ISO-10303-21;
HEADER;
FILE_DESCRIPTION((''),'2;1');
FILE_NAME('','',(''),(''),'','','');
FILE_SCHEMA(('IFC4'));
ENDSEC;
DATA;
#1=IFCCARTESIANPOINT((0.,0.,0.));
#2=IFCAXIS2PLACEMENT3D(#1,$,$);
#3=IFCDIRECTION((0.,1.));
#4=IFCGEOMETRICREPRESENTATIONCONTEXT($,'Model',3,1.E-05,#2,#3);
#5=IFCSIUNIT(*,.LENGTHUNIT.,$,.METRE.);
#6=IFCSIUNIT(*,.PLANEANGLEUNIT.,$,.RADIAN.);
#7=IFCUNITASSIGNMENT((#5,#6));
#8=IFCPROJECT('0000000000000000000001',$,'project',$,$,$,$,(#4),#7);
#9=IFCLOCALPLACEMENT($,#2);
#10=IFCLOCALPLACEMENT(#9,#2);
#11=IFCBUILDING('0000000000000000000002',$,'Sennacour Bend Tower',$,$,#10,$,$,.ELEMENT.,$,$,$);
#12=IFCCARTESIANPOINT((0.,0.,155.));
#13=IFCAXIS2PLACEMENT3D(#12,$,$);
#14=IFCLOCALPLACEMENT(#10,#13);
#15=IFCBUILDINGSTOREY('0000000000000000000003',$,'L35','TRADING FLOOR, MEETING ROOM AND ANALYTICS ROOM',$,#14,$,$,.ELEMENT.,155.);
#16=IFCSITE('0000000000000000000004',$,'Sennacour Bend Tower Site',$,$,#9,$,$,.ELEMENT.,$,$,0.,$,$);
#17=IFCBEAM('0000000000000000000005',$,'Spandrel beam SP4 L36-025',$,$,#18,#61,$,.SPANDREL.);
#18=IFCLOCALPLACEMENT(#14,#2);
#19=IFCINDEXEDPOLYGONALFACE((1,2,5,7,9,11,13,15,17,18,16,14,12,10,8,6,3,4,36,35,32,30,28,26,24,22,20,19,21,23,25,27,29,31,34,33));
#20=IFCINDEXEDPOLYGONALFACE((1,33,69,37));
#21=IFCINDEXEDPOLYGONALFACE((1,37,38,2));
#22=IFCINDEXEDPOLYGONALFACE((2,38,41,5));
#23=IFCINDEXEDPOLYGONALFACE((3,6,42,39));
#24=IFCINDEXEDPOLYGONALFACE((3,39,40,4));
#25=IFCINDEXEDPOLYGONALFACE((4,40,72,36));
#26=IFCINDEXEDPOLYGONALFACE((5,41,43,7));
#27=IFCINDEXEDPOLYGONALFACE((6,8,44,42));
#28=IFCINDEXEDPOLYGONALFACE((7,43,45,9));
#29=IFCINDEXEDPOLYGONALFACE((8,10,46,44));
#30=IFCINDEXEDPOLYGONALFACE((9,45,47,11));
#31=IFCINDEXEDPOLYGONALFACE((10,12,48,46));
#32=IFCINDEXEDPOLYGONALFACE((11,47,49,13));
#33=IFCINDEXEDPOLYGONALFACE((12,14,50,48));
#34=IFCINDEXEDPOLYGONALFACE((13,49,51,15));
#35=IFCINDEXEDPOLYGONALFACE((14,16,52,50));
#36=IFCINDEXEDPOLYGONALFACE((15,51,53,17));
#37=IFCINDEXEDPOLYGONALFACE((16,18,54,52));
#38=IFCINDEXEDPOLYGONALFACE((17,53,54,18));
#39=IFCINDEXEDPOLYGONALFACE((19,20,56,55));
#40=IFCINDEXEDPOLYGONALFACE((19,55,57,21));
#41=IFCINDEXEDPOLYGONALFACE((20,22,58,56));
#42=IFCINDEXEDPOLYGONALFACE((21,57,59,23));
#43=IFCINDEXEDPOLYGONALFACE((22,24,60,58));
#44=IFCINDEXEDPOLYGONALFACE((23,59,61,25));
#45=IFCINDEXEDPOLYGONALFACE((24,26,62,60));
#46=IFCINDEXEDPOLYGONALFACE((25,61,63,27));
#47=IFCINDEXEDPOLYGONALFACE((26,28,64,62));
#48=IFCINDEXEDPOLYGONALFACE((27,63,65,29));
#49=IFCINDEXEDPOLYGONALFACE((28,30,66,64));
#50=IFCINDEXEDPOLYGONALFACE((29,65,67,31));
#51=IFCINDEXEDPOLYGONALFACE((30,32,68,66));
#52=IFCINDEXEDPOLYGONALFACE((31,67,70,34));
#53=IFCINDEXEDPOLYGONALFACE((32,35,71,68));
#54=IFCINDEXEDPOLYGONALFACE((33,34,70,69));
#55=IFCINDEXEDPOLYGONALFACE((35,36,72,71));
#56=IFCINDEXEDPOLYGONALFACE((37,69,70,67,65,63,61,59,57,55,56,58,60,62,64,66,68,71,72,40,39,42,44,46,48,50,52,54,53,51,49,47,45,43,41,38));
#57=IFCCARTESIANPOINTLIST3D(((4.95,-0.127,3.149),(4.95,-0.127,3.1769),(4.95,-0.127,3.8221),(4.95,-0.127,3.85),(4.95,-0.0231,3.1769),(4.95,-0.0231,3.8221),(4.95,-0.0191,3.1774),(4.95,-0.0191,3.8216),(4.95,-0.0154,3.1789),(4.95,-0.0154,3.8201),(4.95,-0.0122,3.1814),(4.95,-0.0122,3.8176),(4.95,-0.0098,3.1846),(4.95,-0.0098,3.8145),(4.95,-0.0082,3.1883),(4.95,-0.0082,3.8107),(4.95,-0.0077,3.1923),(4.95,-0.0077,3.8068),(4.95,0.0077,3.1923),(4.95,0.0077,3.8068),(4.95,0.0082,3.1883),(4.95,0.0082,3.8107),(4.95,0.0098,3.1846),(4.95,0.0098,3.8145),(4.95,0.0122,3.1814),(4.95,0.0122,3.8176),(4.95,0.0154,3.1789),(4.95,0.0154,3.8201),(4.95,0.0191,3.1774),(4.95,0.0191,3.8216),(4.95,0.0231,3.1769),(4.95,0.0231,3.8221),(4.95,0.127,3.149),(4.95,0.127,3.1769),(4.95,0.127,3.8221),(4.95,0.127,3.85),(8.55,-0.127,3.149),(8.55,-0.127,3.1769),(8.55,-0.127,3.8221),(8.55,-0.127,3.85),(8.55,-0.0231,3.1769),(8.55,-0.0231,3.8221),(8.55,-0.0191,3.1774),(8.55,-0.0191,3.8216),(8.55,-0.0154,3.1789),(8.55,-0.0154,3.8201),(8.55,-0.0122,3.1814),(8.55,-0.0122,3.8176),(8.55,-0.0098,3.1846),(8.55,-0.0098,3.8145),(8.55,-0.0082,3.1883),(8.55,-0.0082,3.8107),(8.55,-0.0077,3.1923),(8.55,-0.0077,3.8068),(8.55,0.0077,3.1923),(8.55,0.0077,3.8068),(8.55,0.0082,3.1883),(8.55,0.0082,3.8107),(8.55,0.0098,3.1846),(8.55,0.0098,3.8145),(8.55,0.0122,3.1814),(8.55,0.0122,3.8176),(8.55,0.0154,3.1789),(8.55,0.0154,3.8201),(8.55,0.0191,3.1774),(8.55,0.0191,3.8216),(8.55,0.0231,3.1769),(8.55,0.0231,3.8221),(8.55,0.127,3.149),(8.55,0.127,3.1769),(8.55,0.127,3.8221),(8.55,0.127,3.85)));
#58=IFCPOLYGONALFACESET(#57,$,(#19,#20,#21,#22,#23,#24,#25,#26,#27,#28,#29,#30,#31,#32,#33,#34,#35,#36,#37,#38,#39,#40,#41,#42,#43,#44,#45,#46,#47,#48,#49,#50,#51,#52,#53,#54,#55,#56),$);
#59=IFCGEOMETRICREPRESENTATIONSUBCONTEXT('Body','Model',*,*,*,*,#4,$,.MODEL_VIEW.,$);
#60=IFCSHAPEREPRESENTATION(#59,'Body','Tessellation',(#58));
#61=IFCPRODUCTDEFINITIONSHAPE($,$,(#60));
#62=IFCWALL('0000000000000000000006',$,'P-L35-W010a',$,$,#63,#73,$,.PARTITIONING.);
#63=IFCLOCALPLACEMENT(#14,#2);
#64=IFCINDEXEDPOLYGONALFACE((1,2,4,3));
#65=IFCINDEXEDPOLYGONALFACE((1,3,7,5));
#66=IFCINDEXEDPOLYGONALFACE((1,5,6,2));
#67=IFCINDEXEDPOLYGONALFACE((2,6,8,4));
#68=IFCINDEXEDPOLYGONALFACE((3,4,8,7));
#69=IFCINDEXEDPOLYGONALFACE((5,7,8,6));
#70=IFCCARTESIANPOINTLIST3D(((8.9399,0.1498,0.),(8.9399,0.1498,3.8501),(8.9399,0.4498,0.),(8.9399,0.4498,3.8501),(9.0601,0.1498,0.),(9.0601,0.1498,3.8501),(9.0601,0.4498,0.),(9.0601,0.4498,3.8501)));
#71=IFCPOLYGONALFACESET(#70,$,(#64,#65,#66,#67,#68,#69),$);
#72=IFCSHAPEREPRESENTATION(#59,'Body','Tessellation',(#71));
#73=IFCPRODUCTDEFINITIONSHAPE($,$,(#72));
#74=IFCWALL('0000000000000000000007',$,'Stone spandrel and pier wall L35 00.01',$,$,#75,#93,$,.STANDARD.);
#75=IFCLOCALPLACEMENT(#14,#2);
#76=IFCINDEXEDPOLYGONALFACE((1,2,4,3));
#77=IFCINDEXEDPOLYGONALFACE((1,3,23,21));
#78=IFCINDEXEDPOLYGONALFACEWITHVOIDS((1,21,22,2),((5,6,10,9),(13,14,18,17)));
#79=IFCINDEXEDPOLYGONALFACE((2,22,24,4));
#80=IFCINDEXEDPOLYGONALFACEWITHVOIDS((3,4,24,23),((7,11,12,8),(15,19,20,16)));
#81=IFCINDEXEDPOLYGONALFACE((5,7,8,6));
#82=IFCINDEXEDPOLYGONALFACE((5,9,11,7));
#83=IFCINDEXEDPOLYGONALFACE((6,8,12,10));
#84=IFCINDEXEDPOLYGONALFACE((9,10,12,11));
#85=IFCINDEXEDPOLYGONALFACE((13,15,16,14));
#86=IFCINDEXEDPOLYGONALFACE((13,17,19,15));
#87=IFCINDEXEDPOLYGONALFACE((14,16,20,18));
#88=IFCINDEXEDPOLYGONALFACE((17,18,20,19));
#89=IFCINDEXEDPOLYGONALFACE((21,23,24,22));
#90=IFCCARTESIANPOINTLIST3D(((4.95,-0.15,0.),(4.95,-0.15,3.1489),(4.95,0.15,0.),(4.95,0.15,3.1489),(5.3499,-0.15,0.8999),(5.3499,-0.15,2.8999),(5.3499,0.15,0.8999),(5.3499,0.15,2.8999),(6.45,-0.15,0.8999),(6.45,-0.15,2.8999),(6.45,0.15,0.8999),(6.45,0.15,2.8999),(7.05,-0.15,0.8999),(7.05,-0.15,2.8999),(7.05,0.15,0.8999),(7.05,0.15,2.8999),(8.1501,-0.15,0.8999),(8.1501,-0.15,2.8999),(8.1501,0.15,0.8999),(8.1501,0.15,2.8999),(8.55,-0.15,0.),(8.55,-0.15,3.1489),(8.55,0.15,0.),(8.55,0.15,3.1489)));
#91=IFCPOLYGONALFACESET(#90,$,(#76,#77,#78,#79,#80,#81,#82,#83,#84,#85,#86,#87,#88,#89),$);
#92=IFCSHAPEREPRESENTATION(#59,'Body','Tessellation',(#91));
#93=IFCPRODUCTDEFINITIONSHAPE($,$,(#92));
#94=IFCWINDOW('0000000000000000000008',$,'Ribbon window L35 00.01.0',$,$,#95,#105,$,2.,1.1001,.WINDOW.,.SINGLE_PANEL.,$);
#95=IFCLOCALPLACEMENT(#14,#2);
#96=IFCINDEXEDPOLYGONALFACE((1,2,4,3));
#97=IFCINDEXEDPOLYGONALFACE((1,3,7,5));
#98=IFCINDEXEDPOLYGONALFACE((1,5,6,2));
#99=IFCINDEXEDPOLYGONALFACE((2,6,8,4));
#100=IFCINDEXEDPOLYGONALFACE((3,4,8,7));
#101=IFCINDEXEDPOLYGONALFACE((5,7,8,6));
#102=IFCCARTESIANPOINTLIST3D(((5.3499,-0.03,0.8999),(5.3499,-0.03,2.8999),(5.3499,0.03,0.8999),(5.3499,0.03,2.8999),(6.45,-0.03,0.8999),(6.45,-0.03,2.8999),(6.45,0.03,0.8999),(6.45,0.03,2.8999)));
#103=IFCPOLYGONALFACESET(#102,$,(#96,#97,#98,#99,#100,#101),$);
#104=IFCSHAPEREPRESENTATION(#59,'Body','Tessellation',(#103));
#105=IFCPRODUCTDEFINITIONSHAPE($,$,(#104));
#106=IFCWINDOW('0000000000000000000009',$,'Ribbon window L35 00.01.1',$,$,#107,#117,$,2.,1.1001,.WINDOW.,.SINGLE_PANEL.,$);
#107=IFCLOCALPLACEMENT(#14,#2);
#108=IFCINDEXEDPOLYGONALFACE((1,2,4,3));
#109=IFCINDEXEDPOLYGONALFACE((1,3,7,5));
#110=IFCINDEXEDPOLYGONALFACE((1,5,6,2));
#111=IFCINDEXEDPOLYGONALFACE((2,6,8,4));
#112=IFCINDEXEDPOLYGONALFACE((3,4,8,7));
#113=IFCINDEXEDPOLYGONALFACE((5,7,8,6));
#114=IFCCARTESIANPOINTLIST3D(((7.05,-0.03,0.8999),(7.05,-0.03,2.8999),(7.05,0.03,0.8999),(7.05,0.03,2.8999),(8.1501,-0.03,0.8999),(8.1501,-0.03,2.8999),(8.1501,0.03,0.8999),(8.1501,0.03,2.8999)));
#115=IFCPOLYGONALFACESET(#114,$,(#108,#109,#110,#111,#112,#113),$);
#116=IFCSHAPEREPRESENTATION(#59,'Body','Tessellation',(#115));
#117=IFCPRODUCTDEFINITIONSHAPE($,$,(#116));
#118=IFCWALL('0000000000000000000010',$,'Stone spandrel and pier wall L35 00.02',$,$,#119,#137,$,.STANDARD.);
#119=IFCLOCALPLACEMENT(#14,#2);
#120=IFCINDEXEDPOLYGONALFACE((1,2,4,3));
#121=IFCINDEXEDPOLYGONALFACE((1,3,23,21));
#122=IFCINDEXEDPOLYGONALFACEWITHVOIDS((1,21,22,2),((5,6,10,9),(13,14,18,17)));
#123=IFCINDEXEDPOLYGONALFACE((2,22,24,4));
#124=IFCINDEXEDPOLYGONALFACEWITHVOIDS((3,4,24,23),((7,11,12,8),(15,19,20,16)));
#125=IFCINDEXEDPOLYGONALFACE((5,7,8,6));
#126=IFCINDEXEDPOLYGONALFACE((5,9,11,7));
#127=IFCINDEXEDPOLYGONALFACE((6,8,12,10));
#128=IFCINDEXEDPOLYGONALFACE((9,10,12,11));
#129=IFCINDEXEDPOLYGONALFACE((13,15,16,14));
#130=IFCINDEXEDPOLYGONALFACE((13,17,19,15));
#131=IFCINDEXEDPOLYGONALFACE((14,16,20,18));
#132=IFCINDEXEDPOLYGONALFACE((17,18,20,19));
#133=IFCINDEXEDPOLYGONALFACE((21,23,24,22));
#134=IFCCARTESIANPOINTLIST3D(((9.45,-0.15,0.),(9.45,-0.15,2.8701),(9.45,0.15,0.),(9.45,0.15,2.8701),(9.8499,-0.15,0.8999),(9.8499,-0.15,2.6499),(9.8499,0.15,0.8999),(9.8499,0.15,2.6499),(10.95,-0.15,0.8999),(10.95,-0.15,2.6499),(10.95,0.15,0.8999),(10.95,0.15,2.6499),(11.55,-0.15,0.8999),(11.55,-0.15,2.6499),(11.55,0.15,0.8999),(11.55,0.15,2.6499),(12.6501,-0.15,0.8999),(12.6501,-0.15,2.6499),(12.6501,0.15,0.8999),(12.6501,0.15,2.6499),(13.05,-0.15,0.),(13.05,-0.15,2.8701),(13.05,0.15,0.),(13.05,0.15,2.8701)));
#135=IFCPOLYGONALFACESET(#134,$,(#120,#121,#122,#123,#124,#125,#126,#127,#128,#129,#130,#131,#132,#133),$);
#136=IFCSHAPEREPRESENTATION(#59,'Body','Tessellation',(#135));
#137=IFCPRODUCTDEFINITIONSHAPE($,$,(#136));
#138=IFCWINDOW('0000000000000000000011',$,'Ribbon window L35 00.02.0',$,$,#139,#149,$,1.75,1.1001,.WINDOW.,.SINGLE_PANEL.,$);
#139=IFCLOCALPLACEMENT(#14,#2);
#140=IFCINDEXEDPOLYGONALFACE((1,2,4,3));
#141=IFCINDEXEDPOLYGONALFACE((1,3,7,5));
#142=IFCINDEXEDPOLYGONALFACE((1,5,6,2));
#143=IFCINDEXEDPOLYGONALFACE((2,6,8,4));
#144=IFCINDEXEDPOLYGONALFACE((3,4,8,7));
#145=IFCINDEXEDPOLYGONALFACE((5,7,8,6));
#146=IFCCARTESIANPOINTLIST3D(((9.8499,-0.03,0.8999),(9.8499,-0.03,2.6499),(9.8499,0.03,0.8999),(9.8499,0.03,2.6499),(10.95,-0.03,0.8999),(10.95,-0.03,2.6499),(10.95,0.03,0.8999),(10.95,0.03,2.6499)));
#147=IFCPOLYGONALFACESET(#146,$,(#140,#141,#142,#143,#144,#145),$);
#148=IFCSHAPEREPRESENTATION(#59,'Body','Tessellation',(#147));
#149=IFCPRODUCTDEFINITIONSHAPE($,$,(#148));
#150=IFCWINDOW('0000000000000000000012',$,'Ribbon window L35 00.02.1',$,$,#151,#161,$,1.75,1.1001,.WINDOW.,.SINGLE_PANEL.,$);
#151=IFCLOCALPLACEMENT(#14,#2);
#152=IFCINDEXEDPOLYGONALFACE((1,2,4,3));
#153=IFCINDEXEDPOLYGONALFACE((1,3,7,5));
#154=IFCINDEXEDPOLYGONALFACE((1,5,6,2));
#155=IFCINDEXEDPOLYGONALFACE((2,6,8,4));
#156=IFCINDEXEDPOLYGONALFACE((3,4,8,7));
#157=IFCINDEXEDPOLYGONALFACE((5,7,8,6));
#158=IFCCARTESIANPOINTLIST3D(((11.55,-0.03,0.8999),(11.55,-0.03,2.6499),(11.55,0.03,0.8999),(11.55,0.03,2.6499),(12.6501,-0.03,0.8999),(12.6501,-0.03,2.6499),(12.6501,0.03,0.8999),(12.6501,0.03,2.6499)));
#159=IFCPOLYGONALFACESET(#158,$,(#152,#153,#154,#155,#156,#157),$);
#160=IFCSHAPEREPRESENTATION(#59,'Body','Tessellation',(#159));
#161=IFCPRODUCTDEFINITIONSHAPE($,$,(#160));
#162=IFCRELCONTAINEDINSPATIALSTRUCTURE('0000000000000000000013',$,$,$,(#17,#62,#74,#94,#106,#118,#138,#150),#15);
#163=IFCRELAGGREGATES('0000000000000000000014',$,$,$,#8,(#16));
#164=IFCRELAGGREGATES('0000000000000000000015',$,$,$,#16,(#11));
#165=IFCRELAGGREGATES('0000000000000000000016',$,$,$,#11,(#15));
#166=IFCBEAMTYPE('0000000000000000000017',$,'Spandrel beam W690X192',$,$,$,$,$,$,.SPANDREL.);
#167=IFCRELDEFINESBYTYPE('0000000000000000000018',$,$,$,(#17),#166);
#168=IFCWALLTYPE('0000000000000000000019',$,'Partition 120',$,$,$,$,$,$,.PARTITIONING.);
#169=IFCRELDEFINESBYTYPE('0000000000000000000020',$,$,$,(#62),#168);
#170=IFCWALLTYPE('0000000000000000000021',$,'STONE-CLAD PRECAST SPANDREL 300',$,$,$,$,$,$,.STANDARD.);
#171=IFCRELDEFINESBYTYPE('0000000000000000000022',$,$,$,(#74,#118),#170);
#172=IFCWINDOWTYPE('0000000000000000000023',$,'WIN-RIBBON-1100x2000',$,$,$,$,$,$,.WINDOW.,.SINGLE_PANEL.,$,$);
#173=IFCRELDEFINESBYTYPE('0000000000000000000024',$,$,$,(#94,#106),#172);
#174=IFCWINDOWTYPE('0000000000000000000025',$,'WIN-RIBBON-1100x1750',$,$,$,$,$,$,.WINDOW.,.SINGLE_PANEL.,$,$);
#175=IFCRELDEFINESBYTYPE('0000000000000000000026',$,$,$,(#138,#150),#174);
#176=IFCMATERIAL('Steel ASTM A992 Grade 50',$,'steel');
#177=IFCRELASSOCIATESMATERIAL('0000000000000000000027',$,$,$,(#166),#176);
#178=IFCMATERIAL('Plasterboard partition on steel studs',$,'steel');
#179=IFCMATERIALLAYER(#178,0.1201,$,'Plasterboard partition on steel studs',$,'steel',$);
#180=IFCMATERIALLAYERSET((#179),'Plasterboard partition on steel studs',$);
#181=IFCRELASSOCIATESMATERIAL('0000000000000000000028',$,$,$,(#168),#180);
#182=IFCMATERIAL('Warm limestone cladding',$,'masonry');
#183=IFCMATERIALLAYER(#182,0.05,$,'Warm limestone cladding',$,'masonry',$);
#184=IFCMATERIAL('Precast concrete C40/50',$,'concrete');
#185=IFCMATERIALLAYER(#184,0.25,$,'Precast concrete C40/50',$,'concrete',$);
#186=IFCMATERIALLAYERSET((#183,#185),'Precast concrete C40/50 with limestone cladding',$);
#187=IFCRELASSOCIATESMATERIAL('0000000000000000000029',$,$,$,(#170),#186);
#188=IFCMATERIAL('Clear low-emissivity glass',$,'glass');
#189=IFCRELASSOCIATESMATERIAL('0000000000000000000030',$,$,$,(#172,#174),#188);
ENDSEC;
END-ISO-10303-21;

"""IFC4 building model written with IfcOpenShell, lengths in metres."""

from ifc_helpers import new_model, si_unit, direction, frame, frame_2d, origin, origin_2d, place, context, subcontext, project, spatial, rectangle, i_section, extrude, material, layer, layer_set, material_profile, profile_set, type_object, element, fill, save


model = new_model("IFC4")

# Units and contexts
model_context = context("Model", 3, precision=1e-05, world=origin(), true_north=direction((0.0, 1.0)))
body_context = subcontext(model_context, "Body", "Model", "MODEL_VIEW")
ifc_project = project(units=[si_unit("LENGTHUNIT", "METRE"), si_unit("PLANEANGLEUNIT", "RADIAN")], contexts=[model_context])

# Site, building, storey
site_placement = place(None, origin())
site = spatial("IfcSite", under=ifc_project, at=site_placement, Name="Sennacour Bend Tower Site", CompositionType="ELEMENT", RefElevation=0.0)
building_placement = place(site_placement, origin())
building = spatial("IfcBuilding", under=site, at=building_placement, Name="Sennacour Bend Tower", CompositionType="ELEMENT")
storey_placement = place(building_placement, frame((0.0, 0.0, 155.0)))
storey = spatial("IfcBuildingStorey", under=building, at=storey_placement, Name="L35", Description="TRADING FLOOR, MEETING ROOM AND ANALYTICS ROOM", CompositionType="ELEMENT", Elevation=155.0)

# Beam
ifc_material_1 = material(Name="Steel ASTM A992 Grade 50", Category="steel")
ifc_material_profile_1 = material_profile(ifc_material_1, i_section(OverallWidth=0.2539, OverallDepth=0.7009, WebThickness=0.0154, FlangeThickness=0.0278, FilletRadius=0.0154, at=origin_2d()), Name="Steel ASTM A992 Grade 50", Category="steel")
ifc_profile_set_1 = profile_set([ifc_material_profile_1], Name="Steel ASTM A992 Grade 50")
beam_type_1 = type_object("IfcBeamType", Name="Spandrel beam W690X192", PredefinedType="SPANDREL", material=ifc_profile_set_1)
for number, where, z_axis, x_axis, name in (
    (1, (8.55, 0.0, 3.4995), (-1.0, 0.0, 0.0), (0.0, -1.0, 0.0), "Spandrel beam SP4 L36-025"),
):
    element("IfcBeam", number, at=place(storey_placement, frame(where, z_axis=z_axis, x_axis=x_axis)), inside=storey, type_object=beam_type_1, Name=name, PredefinedType="SPANDREL", context=body_context, shape_type="SweptSolid", body=[
        extrude(i_section(OverallWidth=0.2539, OverallDepth=0.7009, WebThickness=0.0154, FlangeThickness=0.0278, FilletRadius=0.0154, at=origin_2d()), origin(), (0.0, 0.0, 1.0), 3.6001),
    ])

# Wall
ifc_material_2 = material(Name="Plasterboard partition on steel studs", Category="steel")
ifc_layer_1 = layer(ifc_material_2, 0.1201, Name="Plasterboard partition on steel studs", Category="steel")
ifc_layer_set_1 = layer_set([ifc_layer_1], Name="Plasterboard partition on steel studs")
wall_type_1 = type_object("IfcWallType", Name="Partition 120", PredefinedType="PARTITIONING", material=ifc_layer_set_1)
wall_1_placement = place(storey_placement, frame((9.0, 0.1499, 0.0), z_axis=(0.0, 0.0, 1.0), x_axis=(0.0, 1.0, 0.0)))
element("IfcWall", 2, at=wall_1_placement, inside=storey, type_object=wall_type_1, Name="P-L35-W010a", PredefinedType="PARTITIONING", context=body_context, shape_type="SweptSolid", body=[
    extrude(rectangle(XDim=0.3, YDim=0.1201, at=frame_2d((0.1499, 0.0))), origin(), (0.0, 0.0, 1.0), 3.8501),
])

# Walls, openings, windows
ifc_material_3 = material(Name="Warm limestone cladding", Category="masonry")
ifc_layer_2 = layer(ifc_material_3, 0.05, Name="Warm limestone cladding", Category="masonry")
ifc_material_4 = material(Name="Precast concrete C40/50", Category="concrete")
ifc_layer_3 = layer(ifc_material_4, 0.25, Name="Precast concrete C40/50", Category="concrete")
ifc_layer_set_2 = layer_set([ifc_layer_2, ifc_layer_3], Name="Precast concrete C40/50 with limestone cladding")
wall_type_2 = type_object("IfcWallType", Name="STONE-CLAD PRECAST SPANDREL 300", PredefinedType="STANDARD", material=ifc_layer_set_2)
wall_2_placement = place(storey_placement, frame((4.95, 0.0, 0.0), z_axis=(0.0, 0.0, 1.0), x_axis=(1.0, 0.0, 0.0)))
wall_2 = element("IfcWall", 3, at=wall_2_placement, inside=storey, type_object=wall_type_2, Name="Stone spandrel and pier wall L35 00.01", PredefinedType="STANDARD", context=body_context, shape_type="SweptSolid", body=[
    extrude(rectangle(XDim=3.6001, YDim=0.3, at=frame_2d((1.8, 0.0))), origin(), (0.0, 0.0, 1.0), 3.1489),
])
opening_1_placement = place(wall_2_placement, frame((0.3999, 0.0, 0.8999)))
opening_1 = element("IfcOpeningElement", 4, at=opening_1_placement, cuts=wall_2, PredefinedType="OPENING", context=body_context, shape_type="SweptSolid", body=[
    extrude(rectangle(XDim=1.1001, YDim=2.0, at=frame_2d((0.55, 1.0))), frame((0.0, 0.1602, 0.0), z_axis=(0.0, -1.0, 0.0), x_axis=(1.0, 0.0, 0.0)), (0.0, 0.0, 1.0), 0.3201),
])
opening_2_placement = place(wall_2_placement, frame((2.1001, 0.0, 0.8999)))
opening_2 = element("IfcOpeningElement", 5, at=opening_2_placement, cuts=wall_2, PredefinedType="OPENING", context=body_context, shape_type="SweptSolid", body=[
    extrude(rectangle(XDim=1.1001, YDim=2.0, at=frame_2d((0.55, 1.0))), frame((0.0, 0.1602, 0.0), z_axis=(0.0, -1.0, 0.0), x_axis=(1.0, 0.0, 0.0)), (0.0, 0.0, 1.0), 0.3201),
])
ifc_material_5 = material(Name="Clear low-emissivity glass", Category="glass")
window_type_1 = type_object("IfcWindowType", Name="WIN-RIBBON-1100x2000", PartitioningType="SINGLE_PANEL", PredefinedType="WINDOW", material=ifc_material_5)
window_1_placement = place(opening_1_placement, origin())
window_1 = element("IfcWindow", 6, at=window_1_placement, inside=storey, type_object=window_type_1, Name="Ribbon window L35 00.01.0", OverallHeight=2.0, OverallWidth=1.1001, PartitioningType="SINGLE_PANEL", PredefinedType="WINDOW", context=body_context, shape_type="SweptSolid", body=[
    extrude(rectangle(XDim=1.1001, YDim=2.0, at=frame_2d((0.55, 1.0))), frame((0.0, 0.03, 0.0), z_axis=(0.0, -1.0, 0.0), x_axis=(1.0, 0.0, 0.0)), (0.0, 0.0, 1.0), 0.0601),
])
fill(opening_1, window_1)
window_2_placement = place(opening_2_placement, origin())
window_2 = element("IfcWindow", 7, at=window_2_placement, inside=storey, type_object=window_type_1, Name="Ribbon window L35 00.01.1", OverallHeight=2.0, OverallWidth=1.1001, PartitioningType="SINGLE_PANEL", PredefinedType="WINDOW", context=body_context, shape_type="SweptSolid", body=[
    extrude(rectangle(XDim=1.1001, YDim=2.0, at=frame_2d((0.55, 1.0))), frame((0.0, 0.03, 0.0), z_axis=(0.0, -1.0, 0.0), x_axis=(1.0, 0.0, 0.0)), (0.0, 0.0, 1.0), 0.0601),
])
fill(opening_2, window_2)
wall_3_placement = place(storey_placement, frame((9.45, 0.0, 0.0), z_axis=(0.0, 0.0, 1.0), x_axis=(1.0, 0.0, 0.0)))
wall_3 = element("IfcWall", 8, at=wall_3_placement, inside=storey, type_object=wall_type_2, Name="Stone spandrel and pier wall L35 00.02", PredefinedType="STANDARD", context=body_context, shape_type="SweptSolid", body=[
    extrude(rectangle(XDim=3.6001, YDim=0.3, at=frame_2d((1.8, 0.0))), origin(), (0.0, 0.0, 1.0), 2.8701),
])
opening_3_placement = place(wall_3_placement, frame((0.3999, 0.0, 0.8999)))
opening_3 = element("IfcOpeningElement", 9, at=opening_3_placement, cuts=wall_3, PredefinedType="OPENING", context=body_context, shape_type="SweptSolid", body=[
    extrude(rectangle(XDim=1.1001, YDim=1.75, at=frame_2d((0.55, 0.875))), frame((0.0, 0.1602, 0.0), z_axis=(0.0, -1.0, 0.0), x_axis=(1.0, 0.0, 0.0)), (0.0, 0.0, 1.0), 0.3201),
])
opening_4_placement = place(wall_3_placement, frame((2.1001, 0.0, 0.8999)))
opening_4 = element("IfcOpeningElement", 10, at=opening_4_placement, cuts=wall_3, PredefinedType="OPENING", context=body_context, shape_type="SweptSolid", body=[
    extrude(rectangle(XDim=1.1001, YDim=1.75, at=frame_2d((0.55, 0.875))), frame((0.0, 0.1602, 0.0), z_axis=(0.0, -1.0, 0.0), x_axis=(1.0, 0.0, 0.0)), (0.0, 0.0, 1.0), 0.3201),
])
window_type_2 = type_object("IfcWindowType", Name="WIN-RIBBON-1100x1750", PartitioningType="SINGLE_PANEL", PredefinedType="WINDOW", material=ifc_material_5)
window_3_placement = place(opening_3_placement, origin())
window_3 = element("IfcWindow", 11, at=window_3_placement, inside=storey, type_object=window_type_2, Name="Ribbon window L35 00.02.0", OverallHeight=1.75, OverallWidth=1.1001, PartitioningType="SINGLE_PANEL", PredefinedType="WINDOW", context=body_context, shape_type="SweptSolid", body=[
    extrude(rectangle(XDim=1.1001, YDim=1.75, at=frame_2d((0.55, 0.875))), frame((0.0, 0.03, 0.0), z_axis=(0.0, -1.0, 0.0), x_axis=(1.0, 0.0, 0.0)), (0.0, 0.0, 1.0), 0.0601),
])
fill(opening_3, window_3)
window_4_placement = place(opening_4_placement, origin())
window_4 = element("IfcWindow", 12, at=window_4_placement, inside=storey, type_object=window_type_2, Name="Ribbon window L35 00.02.1", OverallHeight=1.75, OverallWidth=1.1001, PartitioningType="SINGLE_PANEL", PredefinedType="WINDOW", context=body_context, shape_type="SweptSolid", body=[
    extrude(rectangle(XDim=1.1001, YDim=1.75, at=frame_2d((0.55, 0.875))), frame((0.0, 0.03, 0.0), z_axis=(0.0, -1.0, 0.0), x_axis=(1.0, 0.0, 0.0)), (0.0, 0.0, 1.0), 0.0601),
])
fill(opening_4, window_4)

save(model, "model.ifc")
